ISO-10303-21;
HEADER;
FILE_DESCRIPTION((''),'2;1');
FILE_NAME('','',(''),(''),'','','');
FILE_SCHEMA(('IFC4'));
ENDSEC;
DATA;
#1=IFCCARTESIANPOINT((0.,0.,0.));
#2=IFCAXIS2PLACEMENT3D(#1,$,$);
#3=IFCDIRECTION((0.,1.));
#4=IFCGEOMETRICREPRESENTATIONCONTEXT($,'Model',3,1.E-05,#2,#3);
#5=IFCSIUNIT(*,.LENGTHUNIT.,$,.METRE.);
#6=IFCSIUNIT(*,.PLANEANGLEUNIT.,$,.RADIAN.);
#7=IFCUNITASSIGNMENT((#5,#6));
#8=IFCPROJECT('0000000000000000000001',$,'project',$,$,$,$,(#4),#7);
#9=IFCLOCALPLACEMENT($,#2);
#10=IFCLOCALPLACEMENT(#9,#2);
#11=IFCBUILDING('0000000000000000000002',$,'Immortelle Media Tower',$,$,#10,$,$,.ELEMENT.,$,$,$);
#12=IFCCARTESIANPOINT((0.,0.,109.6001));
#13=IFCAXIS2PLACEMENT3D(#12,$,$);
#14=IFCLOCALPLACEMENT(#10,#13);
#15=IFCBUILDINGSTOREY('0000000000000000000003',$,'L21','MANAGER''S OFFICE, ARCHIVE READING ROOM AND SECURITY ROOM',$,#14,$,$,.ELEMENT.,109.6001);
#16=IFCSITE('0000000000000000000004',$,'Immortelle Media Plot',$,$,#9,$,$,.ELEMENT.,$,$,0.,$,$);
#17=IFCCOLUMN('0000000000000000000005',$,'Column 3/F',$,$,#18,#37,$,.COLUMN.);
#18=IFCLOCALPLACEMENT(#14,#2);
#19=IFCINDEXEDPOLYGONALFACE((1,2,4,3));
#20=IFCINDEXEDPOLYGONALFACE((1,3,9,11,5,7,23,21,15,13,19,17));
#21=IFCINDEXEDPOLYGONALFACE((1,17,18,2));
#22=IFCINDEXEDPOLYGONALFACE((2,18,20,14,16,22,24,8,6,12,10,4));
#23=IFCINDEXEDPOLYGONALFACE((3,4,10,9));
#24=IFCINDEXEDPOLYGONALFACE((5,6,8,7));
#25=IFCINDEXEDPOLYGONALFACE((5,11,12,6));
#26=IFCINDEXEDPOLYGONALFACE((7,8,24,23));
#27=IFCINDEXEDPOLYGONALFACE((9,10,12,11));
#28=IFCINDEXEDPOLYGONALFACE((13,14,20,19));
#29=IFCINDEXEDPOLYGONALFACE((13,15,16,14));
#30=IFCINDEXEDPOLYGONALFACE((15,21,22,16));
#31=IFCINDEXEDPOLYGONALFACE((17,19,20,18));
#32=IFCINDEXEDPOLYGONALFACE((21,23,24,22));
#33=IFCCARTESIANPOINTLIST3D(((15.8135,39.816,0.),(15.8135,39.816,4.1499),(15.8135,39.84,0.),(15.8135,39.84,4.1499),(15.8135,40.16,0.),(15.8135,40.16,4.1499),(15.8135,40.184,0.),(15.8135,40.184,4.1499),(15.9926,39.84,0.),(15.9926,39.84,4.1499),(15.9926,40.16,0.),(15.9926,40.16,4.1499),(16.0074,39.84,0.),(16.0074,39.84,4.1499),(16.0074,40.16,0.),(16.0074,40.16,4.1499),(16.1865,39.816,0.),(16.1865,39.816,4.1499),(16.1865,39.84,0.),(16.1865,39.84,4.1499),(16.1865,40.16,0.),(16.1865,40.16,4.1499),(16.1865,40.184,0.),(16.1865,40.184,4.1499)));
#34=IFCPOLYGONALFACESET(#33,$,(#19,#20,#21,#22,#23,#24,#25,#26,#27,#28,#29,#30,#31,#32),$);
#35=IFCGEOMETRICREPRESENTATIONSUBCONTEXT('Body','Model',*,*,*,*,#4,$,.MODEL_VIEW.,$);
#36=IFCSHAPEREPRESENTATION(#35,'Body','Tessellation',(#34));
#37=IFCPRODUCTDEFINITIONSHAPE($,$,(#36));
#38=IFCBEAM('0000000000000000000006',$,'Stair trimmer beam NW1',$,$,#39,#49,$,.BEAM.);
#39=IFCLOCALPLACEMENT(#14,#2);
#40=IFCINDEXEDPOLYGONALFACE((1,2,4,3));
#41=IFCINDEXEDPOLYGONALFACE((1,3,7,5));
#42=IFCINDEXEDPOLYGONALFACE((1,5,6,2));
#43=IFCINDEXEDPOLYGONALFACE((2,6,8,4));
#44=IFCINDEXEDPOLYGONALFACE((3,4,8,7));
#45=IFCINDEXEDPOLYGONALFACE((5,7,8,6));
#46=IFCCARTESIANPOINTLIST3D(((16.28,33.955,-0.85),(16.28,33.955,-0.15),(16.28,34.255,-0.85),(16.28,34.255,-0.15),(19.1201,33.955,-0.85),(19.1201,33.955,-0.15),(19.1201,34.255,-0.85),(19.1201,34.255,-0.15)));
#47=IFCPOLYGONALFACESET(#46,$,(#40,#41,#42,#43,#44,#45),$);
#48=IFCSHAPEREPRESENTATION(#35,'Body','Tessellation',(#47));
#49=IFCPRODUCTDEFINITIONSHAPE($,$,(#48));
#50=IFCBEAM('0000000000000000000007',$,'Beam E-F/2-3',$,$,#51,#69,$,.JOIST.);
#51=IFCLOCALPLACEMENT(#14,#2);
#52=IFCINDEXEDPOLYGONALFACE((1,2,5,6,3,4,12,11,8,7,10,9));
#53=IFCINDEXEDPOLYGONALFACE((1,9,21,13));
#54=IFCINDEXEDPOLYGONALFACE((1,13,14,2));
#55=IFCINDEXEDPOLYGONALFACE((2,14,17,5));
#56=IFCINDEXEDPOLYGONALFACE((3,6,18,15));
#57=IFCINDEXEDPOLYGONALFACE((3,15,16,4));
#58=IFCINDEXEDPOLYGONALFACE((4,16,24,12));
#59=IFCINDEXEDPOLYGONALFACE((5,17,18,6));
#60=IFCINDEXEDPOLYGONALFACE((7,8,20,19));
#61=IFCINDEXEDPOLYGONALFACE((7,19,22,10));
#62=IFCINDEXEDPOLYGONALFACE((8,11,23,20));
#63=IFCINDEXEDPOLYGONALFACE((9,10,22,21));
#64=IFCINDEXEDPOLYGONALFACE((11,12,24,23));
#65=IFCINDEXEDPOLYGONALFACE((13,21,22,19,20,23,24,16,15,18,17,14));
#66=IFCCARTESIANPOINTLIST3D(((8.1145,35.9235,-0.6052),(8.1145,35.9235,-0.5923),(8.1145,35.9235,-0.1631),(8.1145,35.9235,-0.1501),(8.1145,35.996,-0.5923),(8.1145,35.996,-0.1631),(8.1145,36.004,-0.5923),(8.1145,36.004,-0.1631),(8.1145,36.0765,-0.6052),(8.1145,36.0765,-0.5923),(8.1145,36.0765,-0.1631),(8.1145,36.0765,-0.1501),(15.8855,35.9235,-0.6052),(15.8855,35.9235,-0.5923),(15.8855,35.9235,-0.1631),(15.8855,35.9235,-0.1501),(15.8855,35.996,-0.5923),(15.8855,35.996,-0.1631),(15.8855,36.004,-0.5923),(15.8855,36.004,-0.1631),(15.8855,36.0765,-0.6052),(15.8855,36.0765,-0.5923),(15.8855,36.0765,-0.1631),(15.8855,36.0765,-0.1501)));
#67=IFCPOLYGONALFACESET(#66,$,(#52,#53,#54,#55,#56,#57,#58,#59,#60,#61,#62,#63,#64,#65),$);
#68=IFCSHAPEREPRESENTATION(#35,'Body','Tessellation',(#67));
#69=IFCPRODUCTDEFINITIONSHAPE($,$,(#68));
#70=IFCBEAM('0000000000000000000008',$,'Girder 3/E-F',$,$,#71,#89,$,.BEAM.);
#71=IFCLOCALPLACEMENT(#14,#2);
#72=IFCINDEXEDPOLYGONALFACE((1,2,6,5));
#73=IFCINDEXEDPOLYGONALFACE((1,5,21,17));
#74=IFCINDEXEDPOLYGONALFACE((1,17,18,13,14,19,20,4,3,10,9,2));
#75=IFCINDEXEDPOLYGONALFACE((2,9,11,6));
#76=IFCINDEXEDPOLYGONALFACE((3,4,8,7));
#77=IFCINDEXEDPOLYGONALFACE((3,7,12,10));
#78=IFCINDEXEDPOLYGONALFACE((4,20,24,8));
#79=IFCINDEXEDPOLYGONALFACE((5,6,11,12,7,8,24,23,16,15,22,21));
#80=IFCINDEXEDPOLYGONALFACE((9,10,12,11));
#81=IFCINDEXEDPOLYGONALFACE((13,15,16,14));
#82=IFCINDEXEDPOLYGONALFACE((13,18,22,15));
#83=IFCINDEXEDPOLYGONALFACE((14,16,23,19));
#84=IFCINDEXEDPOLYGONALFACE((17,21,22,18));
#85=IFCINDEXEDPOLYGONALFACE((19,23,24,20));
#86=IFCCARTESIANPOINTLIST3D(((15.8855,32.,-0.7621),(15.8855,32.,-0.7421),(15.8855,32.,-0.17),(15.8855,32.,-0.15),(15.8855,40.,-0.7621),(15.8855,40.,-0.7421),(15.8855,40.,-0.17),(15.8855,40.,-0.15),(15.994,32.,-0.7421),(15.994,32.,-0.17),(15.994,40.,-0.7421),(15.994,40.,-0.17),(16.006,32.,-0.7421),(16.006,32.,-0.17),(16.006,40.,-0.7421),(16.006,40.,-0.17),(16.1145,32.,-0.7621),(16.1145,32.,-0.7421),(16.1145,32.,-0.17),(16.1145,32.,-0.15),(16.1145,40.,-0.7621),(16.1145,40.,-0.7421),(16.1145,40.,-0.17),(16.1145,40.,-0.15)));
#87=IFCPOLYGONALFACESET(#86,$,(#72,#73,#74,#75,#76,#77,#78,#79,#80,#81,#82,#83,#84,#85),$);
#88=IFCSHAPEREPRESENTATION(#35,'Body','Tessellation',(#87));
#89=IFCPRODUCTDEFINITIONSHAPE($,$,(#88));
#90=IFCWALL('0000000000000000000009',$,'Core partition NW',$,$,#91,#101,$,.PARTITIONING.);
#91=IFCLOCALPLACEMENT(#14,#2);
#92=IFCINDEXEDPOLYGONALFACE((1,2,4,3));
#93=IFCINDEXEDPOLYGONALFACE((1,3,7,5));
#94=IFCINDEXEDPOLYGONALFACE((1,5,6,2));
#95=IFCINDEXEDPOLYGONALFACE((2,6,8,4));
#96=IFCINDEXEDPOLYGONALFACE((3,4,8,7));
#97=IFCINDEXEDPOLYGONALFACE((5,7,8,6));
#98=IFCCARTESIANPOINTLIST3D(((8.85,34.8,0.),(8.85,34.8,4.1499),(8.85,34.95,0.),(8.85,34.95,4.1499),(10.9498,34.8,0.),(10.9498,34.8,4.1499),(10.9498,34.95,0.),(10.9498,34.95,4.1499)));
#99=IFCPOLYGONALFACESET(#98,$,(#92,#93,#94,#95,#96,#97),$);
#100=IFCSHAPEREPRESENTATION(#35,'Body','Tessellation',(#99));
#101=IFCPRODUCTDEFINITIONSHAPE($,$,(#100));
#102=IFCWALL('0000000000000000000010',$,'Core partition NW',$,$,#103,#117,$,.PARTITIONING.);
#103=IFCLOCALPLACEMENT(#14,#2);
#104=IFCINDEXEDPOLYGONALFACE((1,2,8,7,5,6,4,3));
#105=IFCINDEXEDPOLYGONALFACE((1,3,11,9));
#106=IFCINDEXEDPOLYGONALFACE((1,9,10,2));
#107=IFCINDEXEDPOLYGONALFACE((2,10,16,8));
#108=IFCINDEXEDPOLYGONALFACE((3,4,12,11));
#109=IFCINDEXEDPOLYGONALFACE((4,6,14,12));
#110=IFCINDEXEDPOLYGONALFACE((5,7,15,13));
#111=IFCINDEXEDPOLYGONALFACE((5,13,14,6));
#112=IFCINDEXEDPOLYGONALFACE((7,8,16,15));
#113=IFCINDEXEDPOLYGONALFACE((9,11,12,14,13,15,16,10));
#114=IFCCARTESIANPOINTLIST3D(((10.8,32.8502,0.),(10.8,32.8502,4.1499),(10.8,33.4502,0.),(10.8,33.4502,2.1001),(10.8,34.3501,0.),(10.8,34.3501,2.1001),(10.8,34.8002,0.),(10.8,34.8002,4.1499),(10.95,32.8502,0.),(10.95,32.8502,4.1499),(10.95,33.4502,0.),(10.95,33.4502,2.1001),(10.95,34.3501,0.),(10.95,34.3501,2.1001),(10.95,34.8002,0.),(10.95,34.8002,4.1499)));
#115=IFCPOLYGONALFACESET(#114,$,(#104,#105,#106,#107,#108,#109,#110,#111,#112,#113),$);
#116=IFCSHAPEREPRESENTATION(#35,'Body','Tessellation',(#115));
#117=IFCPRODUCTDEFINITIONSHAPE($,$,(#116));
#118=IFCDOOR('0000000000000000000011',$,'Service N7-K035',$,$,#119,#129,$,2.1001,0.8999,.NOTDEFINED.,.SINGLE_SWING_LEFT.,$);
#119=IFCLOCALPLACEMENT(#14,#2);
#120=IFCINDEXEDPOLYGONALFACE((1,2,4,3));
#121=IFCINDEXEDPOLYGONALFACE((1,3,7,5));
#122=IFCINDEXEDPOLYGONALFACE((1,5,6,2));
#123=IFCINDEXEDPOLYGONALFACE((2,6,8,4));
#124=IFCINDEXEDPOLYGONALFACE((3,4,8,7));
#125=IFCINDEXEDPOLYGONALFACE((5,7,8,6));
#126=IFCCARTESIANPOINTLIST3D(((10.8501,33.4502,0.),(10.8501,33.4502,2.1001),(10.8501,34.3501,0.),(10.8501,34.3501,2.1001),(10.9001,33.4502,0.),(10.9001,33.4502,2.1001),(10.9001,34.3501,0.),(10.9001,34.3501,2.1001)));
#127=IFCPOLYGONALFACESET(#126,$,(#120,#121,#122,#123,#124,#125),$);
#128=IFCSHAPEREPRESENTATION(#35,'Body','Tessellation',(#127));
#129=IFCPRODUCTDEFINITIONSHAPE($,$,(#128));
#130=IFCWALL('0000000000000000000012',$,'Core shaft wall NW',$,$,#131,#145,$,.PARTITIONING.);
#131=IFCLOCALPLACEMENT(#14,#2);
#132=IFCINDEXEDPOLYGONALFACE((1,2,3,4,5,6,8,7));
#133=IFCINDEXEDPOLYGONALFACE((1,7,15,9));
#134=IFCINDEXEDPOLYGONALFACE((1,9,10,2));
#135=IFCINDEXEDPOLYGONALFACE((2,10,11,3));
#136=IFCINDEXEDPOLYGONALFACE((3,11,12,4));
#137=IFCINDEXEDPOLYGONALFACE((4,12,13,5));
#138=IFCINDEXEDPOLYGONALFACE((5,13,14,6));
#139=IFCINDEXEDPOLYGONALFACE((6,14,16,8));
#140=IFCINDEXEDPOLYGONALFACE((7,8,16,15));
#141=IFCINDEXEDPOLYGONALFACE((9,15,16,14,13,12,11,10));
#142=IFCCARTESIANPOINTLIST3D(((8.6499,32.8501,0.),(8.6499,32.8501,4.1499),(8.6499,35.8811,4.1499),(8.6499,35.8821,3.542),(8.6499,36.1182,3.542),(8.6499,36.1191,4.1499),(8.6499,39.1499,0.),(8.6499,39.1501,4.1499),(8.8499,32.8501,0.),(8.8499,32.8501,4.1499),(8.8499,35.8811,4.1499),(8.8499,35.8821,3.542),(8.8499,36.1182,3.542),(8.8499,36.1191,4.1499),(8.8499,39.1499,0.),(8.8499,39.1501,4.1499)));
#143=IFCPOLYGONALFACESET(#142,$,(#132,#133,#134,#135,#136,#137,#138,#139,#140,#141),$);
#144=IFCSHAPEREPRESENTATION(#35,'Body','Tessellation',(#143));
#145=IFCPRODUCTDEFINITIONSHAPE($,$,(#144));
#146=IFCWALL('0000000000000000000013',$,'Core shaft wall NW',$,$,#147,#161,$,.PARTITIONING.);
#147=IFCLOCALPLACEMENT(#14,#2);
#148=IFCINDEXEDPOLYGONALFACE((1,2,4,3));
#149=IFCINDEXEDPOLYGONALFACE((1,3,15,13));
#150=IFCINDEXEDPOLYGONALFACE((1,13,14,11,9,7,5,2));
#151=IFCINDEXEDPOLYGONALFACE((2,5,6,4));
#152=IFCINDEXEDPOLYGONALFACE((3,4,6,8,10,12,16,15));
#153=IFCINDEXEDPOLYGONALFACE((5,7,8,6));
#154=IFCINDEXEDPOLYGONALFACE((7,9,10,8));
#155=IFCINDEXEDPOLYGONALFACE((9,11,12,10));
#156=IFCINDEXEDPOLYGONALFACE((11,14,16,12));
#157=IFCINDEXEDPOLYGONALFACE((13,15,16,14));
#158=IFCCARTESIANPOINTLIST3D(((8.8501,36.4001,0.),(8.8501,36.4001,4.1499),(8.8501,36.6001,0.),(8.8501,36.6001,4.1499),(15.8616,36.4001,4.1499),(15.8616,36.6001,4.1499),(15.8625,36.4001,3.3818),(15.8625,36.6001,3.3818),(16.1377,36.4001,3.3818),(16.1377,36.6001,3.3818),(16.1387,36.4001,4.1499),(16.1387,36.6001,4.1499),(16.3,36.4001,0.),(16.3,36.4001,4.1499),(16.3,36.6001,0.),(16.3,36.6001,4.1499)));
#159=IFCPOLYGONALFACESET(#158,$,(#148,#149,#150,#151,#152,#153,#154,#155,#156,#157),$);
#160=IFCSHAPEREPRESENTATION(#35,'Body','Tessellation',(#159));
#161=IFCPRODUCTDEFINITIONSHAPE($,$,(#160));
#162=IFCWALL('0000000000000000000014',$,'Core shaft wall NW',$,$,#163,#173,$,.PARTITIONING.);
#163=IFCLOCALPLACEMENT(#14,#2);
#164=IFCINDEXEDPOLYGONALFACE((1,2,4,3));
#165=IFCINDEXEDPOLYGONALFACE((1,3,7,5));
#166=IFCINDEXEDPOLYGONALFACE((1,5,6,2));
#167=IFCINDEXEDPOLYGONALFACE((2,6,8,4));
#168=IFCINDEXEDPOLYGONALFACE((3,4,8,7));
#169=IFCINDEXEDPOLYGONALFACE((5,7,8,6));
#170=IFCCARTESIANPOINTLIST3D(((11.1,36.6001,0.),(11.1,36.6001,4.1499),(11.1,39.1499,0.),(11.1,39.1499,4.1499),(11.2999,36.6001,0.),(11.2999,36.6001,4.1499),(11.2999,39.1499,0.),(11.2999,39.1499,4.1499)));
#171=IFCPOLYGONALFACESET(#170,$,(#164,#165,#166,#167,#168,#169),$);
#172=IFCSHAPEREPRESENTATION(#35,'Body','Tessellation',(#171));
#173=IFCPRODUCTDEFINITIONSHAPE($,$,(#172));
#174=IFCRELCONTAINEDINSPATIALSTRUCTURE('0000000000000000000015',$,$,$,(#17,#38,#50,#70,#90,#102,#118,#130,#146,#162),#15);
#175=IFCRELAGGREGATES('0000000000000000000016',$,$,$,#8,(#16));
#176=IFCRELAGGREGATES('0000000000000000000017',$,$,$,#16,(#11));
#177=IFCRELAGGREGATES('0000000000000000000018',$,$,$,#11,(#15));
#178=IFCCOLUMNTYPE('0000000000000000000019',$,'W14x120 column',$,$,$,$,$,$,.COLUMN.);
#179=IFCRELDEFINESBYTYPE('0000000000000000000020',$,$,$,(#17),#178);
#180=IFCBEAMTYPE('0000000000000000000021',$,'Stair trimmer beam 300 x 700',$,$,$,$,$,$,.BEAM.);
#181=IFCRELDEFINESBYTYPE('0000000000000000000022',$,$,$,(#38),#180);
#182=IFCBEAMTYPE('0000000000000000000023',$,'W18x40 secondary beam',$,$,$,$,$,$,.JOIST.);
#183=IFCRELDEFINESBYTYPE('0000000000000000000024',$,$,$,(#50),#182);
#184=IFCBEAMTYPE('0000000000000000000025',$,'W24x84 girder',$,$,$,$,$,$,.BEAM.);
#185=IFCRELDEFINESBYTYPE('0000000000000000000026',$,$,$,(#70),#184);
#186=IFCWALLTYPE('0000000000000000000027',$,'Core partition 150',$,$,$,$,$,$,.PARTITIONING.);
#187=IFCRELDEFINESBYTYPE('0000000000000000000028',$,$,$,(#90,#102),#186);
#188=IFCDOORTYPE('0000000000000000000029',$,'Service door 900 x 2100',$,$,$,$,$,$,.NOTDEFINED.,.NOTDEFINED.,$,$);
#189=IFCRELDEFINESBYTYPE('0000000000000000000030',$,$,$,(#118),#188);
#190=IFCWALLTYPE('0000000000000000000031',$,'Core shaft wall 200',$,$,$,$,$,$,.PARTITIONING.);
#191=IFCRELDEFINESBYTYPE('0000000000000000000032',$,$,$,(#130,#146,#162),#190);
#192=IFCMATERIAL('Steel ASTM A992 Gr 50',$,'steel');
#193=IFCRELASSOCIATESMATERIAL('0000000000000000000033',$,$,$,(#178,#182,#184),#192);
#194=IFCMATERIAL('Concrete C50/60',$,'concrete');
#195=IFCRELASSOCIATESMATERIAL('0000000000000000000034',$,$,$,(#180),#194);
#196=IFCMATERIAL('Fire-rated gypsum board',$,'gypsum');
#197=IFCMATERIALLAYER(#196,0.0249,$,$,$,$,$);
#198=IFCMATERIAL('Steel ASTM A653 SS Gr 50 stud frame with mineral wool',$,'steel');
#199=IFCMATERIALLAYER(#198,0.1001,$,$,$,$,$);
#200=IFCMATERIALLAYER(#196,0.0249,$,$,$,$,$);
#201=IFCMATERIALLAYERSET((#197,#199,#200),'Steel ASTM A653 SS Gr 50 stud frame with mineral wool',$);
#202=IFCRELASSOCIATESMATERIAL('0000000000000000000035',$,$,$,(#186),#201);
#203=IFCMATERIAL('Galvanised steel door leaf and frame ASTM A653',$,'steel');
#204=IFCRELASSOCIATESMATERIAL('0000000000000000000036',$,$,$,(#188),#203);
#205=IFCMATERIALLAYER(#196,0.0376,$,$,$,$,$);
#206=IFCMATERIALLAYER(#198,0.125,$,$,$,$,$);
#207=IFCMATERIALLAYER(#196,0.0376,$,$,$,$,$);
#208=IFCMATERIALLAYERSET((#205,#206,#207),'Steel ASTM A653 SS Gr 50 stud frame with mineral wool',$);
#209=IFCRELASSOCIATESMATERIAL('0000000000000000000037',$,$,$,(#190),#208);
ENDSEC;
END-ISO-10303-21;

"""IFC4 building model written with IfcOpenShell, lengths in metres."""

from ifc_helpers import new_model, si_unit, direction, frame, frame_2d, origin, origin_2d, place, context, subcontext, project, spatial, polyline, rectangle, i_section, outline, extrude, material, layer, layer_set, material_profile, profile_set, type_object, element, fill, save


model = new_model("IFC4")

# Units and contexts
model_context = context("Model", 3, precision=1e-05, world=origin(), true_north=direction((0.0, 1.0)))
body_context = subcontext(model_context, "Body", "Model", "MODEL_VIEW")
ifc_project = project(units=[si_unit("LENGTHUNIT", "METRE"), si_unit("PLANEANGLEUNIT", "RADIAN")], contexts=[model_context])

# Site, building, storey
site_placement = place(None, origin())
site = spatial("IfcSite", under=ifc_project, at=site_placement, Name="Immortelle Media Plot", CompositionType="ELEMENT", RefElevation=0.0)
building_placement = place(site_placement, origin())
building = spatial("IfcBuilding", under=site, at=building_placement, Name="Immortelle Media Tower", CompositionType="ELEMENT")
storey_placement = place(building_placement, frame((0.0, 0.0, 109.6001)))
storey = spatial("IfcBuildingStorey", under=building, at=storey_placement, Name="L21", Description="MANAGER'S OFFICE, ARCHIVE READING ROOM AND SECURITY ROOM", CompositionType="ELEMENT", Elevation=109.6001)

# Column
ifc_material_1 = material(Name="Steel ASTM A992 Gr 50", Category="steel")
ifc_material_profile_1 = material_profile(ifc_material_1, i_section(OverallWidth=0.373, OverallDepth=0.3679, WebThickness=0.0149, FlangeThickness=0.0239, at=origin_2d()), Name="W14x120")
ifc_profile_set_1 = profile_set([ifc_material_profile_1], Name="Steel ASTM A992 Gr 50")
column_type = type_object("IfcColumnType", Name="W14x120 column", PredefinedType="COLUMN", material=ifc_profile_set_1)
column_placement = place(storey_placement, frame((16.0, 40.0, 0.0), z_axis=(0.0, 0.0, 1.0), x_axis=(1.0, 0.0, 0.0)))
element("IfcColumn", 1, at=column_placement, inside=storey, type_object=column_type, Name="Column 3/F", PredefinedType="COLUMN", context=body_context, shape_type="SweptSolid", body=[
    extrude(i_section(OverallWidth=0.373, OverallDepth=0.3679, WebThickness=0.0149, FlangeThickness=0.0239, at=origin_2d()), origin(), (0.0, 0.0, 1.0), 4.1499),
])

# Beams
ifc_material_2 = material(Name="Concrete C50/60", Category="concrete")
ifc_material_profile_2 = material_profile(ifc_material_2, rectangle(XDim=0.3, YDim=0.7, at=origin_2d()), Name="RC 300x700")
ifc_profile_set_2 = profile_set([ifc_material_profile_2], Name="Concrete C50/60")
beam_type_1 = type_object("IfcBeamType", Name="Stair trimmer beam 300 x 700", PredefinedType="BEAM", material=ifc_profile_set_2)
beam_1_placement = place(storey_placement, frame((16.28, 34.105, -0.5), z_axis=(1.0, 0.0, 0.0), x_axis=(0.0, 1.0, 0.0)))
element("IfcBeam", 2, at=beam_1_placement, inside=storey, type_object=beam_type_1, Name="Stair trimmer beam NW1", PredefinedType="BEAM", context=body_context, shape_type="SweptSolid", body=[
    extrude(rectangle(XDim=0.3, YDim=0.7, at=origin_2d()), origin(), (0.0, 0.0, 1.0), 2.8401),
])
ifc_material_profile_3 = material_profile(ifc_material_1, i_section(OverallWidth=0.1531, OverallDepth=0.4551, WebThickness=0.0081, FlangeThickness=0.0129, at=origin_2d()), Name="W18x40")
ifc_profile_set_3 = profile_set([ifc_material_profile_3], Name="Steel ASTM A992 Gr 50")
beam_type_2 = type_object("IfcBeamType", Name="W18x40 secondary beam", PredefinedType="JOIST", material=ifc_profile_set_3)
beam_2_placement = place(storey_placement, frame((8.1145, 36.0, -0.3777), z_axis=(1.0, 0.0, 0.0), x_axis=(0.0, 1.0, 0.0)))
element("IfcBeam", 3, at=beam_2_placement, inside=storey, type_object=beam_type_2, Name="Beam E-F/2-3", PredefinedType="JOIST", context=body_context, shape_type="SweptSolid", body=[
    extrude(i_section(OverallWidth=0.1531, OverallDepth=0.4551, WebThickness=0.0081, FlangeThickness=0.0129, at=origin_2d()), origin(), (0.0, 0.0, 1.0), 7.771),
])
ifc_material_profile_4 = material_profile(ifc_material_1, i_section(OverallWidth=0.229, OverallDepth=0.6121, WebThickness=0.012, FlangeThickness=0.02, at=origin_2d()), Name="W24x84")
ifc_profile_set_4 = profile_set([ifc_material_profile_4], Name="Steel ASTM A992 Gr 50")
beam_type_3 = type_object("IfcBeamType", Name="W24x84 girder", PredefinedType="BEAM", material=ifc_profile_set_4)
beam_3_placement = place(storey_placement, frame((16.0, 32.0, -0.4561), z_axis=(0.0, 1.0, 0.0), x_axis=(-1.0, 0.0, 0.0)))
element("IfcBeam", 4, at=beam_3_placement, inside=storey, type_object=beam_type_3, Name="Girder 3/E-F", PredefinedType="BEAM", context=body_context, shape_type="SweptSolid", body=[
    extrude(i_section(OverallWidth=0.229, OverallDepth=0.6121, WebThickness=0.012, FlangeThickness=0.02, at=origin_2d()), origin(), (0.0, 0.0, 1.0), 8.0),
])

# Wall
ifc_material_3 = material(Name="Fire-rated gypsum board", Category="gypsum")
ifc_layer_1 = layer(ifc_material_3, 0.0249)
ifc_material_4 = material(Name="Steel ASTM A653 SS Gr 50 stud frame with mineral wool", Category="steel")
ifc_layer_2 = layer(ifc_material_4, 0.1001)
ifc_layer_3 = layer(ifc_material_3, 0.0249)
ifc_layer_set_1 = layer_set([ifc_layer_1, ifc_layer_2, ifc_layer_3], Name="Steel ASTM A653 SS Gr 50 stud frame with mineral wool")
wall_type_1 = type_object("IfcWallType", Name="Core partition 150", PredefinedType="PARTITIONING", material=ifc_layer_set_1)
wall_1_placement = place(storey_placement, frame((8.8501, 34.875, 0.0), z_axis=(0.0, 0.0, 1.0), x_axis=(1.0, 0.0, 0.0)))
element("IfcWall", 5, at=wall_1_placement, inside=storey, type_object=wall_type_1, Name="Core partition NW", PredefinedType="PARTITIONING", context=body_context, shape_type="SweptSolid", body=[
    extrude(rectangle(XDim=2.0999, YDim=0.1499, at=frame_2d((1.0498, 0.0))), origin(), (0.0, 0.0, 1.0), 4.1499),
])

# Wall, opening, door
wall_2_placement = place(storey_placement, frame((10.875, 32.8501, 0.0), z_axis=(0.0, 0.0, 1.0), x_axis=(0.0, 1.0, 0.0)))
wall_2 = element("IfcWall", 6, at=wall_2_placement, inside=storey, type_object=wall_type_1, Name="Core partition NW", PredefinedType="PARTITIONING", context=body_context, shape_type="SweptSolid", body=[
    extrude(rectangle(XDim=1.95, YDim=0.1499, at=frame_2d((0.9751, 0.0))), origin(), (0.0, 0.0, 1.0), 4.1499),
])
opening_1_placement = place(wall_2_placement, frame((0.6001, 0.0, 0.0)))
opening_1 = element("IfcOpeningElement", 7, at=opening_1_placement, cuts=wall_2, PredefinedType="OPENING", context=body_context, shape_type="SweptSolid", body=[
    extrude(rectangle(XDim=0.8999, YDim=2.1001, at=frame_2d((0.45, 1.05))), frame((0.0, 0.085, 0.0), z_axis=(0.0, -1.0, 0.0), x_axis=(1.0, 0.0, 0.0)), (0.0, 0.0, 1.0), 0.1699),
])
ifc_material_5 = material(Name="Galvanised steel door leaf and frame ASTM A653", Category="steel")
door_type_1 = type_object("IfcDoorType", Name="Service door 900 x 2100", OperationType="NOTDEFINED", PredefinedType="NOTDEFINED", material=ifc_material_5)
door_1_placement = place(opening_1_placement, origin())
door_1 = element("IfcDoor", 8, at=door_1_placement, inside=storey, type_object=door_type_1, Name="Service N7-K035", OperationType="SINGLE_SWING_LEFT", OverallHeight=2.1001, OverallWidth=0.8999, PredefinedType="NOTDEFINED", context=body_context, shape_type="SweptSolid", body=[
    extrude(rectangle(XDim=0.8999, YDim=2.1001, at=frame_2d((0.45, 1.05))), frame((0.0, 0.0249, 0.0), z_axis=(0.0, -1.0, 0.0), x_axis=(1.0, 0.0, 0.0)), (0.0, 0.0, 1.0), 0.05),
])
fill(opening_1, door_1)

# Walls
ifc_layer_4 = layer(ifc_material_3, 0.0376)
ifc_layer_5 = layer(ifc_material_4, 0.125)
ifc_layer_6 = layer(ifc_material_3, 0.0376)
ifc_layer_set_2 = layer_set([ifc_layer_4, ifc_layer_5, ifc_layer_6], Name="Steel ASTM A653 SS Gr 50 stud frame with mineral wool")
wall_type_2 = type_object("IfcWallType", Name="Core shaft wall 200", PredefinedType="PARTITIONING", material=ifc_layer_set_2)
wall_3_placement = place(storey_placement, frame((8.75, 32.8501, 0.0), z_axis=(0.0, 0.0, 1.0), x_axis=(0.0, 1.0, 0.0)))
element("IfcWall", 9, at=wall_3_placement, inside=storey, type_object=wall_type_2, Name="Core shaft wall NW", PredefinedType="PARTITIONING", context=body_context, shape_type="SweptSolid", body=[
    extrude(outline(polyline([(0.0, 0.0), (6.2998, 0.0), (6.3, 4.1499), (3.269, 4.1499), (3.2681, 3.542), (3.032, 3.542), (3.031, 4.1499), (0.0, 4.1499), (0.0, 0.0)])), frame((0.0, 0.1001, 0.0), z_axis=(0.0, -1.0, 0.0), x_axis=(1.0, 0.0, 0.0)), (0.0, 0.0, 1.0), 0.2),
])
wall_4_placement = place(storey_placement, frame((8.8501, 36.5, 0.0), z_axis=(0.0, 0.0, 1.0), x_axis=(1.0, 0.0, 0.0)))
element("IfcWall", 10, at=wall_4_placement, inside=storey, type_object=wall_type_2, Name="Core shaft wall NW", PredefinedType="PARTITIONING", context=body_context, shape_type="SweptSolid", body=[
    extrude(outline(polyline([(0.0, 0.0), (7.45, 0.0), (7.45, 4.1499), (7.2886, 4.1499), (7.2876, 3.3818), (7.0125, 3.3818), (7.0115, 4.1499), (0.0, 4.1499), (0.0, 0.0)])), frame((0.0, 0.1001, 0.0), z_axis=(0.0, -1.0, 0.0), x_axis=(1.0, 0.0, 0.0)), (0.0, 0.0, 1.0), 0.2),
])
for number, where, z_axis, x_axis, name in (
    (11, (11.2, 36.6001, 0.0), (0.0, 0.0, 1.0), (0.0, 1.0, 0.0), "Core shaft wall NW"),
):
    element("IfcWall", number, at=place(storey_placement, frame(where, z_axis=z_axis, x_axis=x_axis)), inside=storey, type_object=wall_type_2, Name=name, PredefinedType="PARTITIONING", context=body_context, shape_type="SweptSolid", body=[
        extrude(rectangle(XDim=2.5498, YDim=0.2, at=frame_2d((1.2749, 0.0))), origin(), (0.0, 0.0, 1.0), 4.1499),
    ])

save(model, "model.ifc")
